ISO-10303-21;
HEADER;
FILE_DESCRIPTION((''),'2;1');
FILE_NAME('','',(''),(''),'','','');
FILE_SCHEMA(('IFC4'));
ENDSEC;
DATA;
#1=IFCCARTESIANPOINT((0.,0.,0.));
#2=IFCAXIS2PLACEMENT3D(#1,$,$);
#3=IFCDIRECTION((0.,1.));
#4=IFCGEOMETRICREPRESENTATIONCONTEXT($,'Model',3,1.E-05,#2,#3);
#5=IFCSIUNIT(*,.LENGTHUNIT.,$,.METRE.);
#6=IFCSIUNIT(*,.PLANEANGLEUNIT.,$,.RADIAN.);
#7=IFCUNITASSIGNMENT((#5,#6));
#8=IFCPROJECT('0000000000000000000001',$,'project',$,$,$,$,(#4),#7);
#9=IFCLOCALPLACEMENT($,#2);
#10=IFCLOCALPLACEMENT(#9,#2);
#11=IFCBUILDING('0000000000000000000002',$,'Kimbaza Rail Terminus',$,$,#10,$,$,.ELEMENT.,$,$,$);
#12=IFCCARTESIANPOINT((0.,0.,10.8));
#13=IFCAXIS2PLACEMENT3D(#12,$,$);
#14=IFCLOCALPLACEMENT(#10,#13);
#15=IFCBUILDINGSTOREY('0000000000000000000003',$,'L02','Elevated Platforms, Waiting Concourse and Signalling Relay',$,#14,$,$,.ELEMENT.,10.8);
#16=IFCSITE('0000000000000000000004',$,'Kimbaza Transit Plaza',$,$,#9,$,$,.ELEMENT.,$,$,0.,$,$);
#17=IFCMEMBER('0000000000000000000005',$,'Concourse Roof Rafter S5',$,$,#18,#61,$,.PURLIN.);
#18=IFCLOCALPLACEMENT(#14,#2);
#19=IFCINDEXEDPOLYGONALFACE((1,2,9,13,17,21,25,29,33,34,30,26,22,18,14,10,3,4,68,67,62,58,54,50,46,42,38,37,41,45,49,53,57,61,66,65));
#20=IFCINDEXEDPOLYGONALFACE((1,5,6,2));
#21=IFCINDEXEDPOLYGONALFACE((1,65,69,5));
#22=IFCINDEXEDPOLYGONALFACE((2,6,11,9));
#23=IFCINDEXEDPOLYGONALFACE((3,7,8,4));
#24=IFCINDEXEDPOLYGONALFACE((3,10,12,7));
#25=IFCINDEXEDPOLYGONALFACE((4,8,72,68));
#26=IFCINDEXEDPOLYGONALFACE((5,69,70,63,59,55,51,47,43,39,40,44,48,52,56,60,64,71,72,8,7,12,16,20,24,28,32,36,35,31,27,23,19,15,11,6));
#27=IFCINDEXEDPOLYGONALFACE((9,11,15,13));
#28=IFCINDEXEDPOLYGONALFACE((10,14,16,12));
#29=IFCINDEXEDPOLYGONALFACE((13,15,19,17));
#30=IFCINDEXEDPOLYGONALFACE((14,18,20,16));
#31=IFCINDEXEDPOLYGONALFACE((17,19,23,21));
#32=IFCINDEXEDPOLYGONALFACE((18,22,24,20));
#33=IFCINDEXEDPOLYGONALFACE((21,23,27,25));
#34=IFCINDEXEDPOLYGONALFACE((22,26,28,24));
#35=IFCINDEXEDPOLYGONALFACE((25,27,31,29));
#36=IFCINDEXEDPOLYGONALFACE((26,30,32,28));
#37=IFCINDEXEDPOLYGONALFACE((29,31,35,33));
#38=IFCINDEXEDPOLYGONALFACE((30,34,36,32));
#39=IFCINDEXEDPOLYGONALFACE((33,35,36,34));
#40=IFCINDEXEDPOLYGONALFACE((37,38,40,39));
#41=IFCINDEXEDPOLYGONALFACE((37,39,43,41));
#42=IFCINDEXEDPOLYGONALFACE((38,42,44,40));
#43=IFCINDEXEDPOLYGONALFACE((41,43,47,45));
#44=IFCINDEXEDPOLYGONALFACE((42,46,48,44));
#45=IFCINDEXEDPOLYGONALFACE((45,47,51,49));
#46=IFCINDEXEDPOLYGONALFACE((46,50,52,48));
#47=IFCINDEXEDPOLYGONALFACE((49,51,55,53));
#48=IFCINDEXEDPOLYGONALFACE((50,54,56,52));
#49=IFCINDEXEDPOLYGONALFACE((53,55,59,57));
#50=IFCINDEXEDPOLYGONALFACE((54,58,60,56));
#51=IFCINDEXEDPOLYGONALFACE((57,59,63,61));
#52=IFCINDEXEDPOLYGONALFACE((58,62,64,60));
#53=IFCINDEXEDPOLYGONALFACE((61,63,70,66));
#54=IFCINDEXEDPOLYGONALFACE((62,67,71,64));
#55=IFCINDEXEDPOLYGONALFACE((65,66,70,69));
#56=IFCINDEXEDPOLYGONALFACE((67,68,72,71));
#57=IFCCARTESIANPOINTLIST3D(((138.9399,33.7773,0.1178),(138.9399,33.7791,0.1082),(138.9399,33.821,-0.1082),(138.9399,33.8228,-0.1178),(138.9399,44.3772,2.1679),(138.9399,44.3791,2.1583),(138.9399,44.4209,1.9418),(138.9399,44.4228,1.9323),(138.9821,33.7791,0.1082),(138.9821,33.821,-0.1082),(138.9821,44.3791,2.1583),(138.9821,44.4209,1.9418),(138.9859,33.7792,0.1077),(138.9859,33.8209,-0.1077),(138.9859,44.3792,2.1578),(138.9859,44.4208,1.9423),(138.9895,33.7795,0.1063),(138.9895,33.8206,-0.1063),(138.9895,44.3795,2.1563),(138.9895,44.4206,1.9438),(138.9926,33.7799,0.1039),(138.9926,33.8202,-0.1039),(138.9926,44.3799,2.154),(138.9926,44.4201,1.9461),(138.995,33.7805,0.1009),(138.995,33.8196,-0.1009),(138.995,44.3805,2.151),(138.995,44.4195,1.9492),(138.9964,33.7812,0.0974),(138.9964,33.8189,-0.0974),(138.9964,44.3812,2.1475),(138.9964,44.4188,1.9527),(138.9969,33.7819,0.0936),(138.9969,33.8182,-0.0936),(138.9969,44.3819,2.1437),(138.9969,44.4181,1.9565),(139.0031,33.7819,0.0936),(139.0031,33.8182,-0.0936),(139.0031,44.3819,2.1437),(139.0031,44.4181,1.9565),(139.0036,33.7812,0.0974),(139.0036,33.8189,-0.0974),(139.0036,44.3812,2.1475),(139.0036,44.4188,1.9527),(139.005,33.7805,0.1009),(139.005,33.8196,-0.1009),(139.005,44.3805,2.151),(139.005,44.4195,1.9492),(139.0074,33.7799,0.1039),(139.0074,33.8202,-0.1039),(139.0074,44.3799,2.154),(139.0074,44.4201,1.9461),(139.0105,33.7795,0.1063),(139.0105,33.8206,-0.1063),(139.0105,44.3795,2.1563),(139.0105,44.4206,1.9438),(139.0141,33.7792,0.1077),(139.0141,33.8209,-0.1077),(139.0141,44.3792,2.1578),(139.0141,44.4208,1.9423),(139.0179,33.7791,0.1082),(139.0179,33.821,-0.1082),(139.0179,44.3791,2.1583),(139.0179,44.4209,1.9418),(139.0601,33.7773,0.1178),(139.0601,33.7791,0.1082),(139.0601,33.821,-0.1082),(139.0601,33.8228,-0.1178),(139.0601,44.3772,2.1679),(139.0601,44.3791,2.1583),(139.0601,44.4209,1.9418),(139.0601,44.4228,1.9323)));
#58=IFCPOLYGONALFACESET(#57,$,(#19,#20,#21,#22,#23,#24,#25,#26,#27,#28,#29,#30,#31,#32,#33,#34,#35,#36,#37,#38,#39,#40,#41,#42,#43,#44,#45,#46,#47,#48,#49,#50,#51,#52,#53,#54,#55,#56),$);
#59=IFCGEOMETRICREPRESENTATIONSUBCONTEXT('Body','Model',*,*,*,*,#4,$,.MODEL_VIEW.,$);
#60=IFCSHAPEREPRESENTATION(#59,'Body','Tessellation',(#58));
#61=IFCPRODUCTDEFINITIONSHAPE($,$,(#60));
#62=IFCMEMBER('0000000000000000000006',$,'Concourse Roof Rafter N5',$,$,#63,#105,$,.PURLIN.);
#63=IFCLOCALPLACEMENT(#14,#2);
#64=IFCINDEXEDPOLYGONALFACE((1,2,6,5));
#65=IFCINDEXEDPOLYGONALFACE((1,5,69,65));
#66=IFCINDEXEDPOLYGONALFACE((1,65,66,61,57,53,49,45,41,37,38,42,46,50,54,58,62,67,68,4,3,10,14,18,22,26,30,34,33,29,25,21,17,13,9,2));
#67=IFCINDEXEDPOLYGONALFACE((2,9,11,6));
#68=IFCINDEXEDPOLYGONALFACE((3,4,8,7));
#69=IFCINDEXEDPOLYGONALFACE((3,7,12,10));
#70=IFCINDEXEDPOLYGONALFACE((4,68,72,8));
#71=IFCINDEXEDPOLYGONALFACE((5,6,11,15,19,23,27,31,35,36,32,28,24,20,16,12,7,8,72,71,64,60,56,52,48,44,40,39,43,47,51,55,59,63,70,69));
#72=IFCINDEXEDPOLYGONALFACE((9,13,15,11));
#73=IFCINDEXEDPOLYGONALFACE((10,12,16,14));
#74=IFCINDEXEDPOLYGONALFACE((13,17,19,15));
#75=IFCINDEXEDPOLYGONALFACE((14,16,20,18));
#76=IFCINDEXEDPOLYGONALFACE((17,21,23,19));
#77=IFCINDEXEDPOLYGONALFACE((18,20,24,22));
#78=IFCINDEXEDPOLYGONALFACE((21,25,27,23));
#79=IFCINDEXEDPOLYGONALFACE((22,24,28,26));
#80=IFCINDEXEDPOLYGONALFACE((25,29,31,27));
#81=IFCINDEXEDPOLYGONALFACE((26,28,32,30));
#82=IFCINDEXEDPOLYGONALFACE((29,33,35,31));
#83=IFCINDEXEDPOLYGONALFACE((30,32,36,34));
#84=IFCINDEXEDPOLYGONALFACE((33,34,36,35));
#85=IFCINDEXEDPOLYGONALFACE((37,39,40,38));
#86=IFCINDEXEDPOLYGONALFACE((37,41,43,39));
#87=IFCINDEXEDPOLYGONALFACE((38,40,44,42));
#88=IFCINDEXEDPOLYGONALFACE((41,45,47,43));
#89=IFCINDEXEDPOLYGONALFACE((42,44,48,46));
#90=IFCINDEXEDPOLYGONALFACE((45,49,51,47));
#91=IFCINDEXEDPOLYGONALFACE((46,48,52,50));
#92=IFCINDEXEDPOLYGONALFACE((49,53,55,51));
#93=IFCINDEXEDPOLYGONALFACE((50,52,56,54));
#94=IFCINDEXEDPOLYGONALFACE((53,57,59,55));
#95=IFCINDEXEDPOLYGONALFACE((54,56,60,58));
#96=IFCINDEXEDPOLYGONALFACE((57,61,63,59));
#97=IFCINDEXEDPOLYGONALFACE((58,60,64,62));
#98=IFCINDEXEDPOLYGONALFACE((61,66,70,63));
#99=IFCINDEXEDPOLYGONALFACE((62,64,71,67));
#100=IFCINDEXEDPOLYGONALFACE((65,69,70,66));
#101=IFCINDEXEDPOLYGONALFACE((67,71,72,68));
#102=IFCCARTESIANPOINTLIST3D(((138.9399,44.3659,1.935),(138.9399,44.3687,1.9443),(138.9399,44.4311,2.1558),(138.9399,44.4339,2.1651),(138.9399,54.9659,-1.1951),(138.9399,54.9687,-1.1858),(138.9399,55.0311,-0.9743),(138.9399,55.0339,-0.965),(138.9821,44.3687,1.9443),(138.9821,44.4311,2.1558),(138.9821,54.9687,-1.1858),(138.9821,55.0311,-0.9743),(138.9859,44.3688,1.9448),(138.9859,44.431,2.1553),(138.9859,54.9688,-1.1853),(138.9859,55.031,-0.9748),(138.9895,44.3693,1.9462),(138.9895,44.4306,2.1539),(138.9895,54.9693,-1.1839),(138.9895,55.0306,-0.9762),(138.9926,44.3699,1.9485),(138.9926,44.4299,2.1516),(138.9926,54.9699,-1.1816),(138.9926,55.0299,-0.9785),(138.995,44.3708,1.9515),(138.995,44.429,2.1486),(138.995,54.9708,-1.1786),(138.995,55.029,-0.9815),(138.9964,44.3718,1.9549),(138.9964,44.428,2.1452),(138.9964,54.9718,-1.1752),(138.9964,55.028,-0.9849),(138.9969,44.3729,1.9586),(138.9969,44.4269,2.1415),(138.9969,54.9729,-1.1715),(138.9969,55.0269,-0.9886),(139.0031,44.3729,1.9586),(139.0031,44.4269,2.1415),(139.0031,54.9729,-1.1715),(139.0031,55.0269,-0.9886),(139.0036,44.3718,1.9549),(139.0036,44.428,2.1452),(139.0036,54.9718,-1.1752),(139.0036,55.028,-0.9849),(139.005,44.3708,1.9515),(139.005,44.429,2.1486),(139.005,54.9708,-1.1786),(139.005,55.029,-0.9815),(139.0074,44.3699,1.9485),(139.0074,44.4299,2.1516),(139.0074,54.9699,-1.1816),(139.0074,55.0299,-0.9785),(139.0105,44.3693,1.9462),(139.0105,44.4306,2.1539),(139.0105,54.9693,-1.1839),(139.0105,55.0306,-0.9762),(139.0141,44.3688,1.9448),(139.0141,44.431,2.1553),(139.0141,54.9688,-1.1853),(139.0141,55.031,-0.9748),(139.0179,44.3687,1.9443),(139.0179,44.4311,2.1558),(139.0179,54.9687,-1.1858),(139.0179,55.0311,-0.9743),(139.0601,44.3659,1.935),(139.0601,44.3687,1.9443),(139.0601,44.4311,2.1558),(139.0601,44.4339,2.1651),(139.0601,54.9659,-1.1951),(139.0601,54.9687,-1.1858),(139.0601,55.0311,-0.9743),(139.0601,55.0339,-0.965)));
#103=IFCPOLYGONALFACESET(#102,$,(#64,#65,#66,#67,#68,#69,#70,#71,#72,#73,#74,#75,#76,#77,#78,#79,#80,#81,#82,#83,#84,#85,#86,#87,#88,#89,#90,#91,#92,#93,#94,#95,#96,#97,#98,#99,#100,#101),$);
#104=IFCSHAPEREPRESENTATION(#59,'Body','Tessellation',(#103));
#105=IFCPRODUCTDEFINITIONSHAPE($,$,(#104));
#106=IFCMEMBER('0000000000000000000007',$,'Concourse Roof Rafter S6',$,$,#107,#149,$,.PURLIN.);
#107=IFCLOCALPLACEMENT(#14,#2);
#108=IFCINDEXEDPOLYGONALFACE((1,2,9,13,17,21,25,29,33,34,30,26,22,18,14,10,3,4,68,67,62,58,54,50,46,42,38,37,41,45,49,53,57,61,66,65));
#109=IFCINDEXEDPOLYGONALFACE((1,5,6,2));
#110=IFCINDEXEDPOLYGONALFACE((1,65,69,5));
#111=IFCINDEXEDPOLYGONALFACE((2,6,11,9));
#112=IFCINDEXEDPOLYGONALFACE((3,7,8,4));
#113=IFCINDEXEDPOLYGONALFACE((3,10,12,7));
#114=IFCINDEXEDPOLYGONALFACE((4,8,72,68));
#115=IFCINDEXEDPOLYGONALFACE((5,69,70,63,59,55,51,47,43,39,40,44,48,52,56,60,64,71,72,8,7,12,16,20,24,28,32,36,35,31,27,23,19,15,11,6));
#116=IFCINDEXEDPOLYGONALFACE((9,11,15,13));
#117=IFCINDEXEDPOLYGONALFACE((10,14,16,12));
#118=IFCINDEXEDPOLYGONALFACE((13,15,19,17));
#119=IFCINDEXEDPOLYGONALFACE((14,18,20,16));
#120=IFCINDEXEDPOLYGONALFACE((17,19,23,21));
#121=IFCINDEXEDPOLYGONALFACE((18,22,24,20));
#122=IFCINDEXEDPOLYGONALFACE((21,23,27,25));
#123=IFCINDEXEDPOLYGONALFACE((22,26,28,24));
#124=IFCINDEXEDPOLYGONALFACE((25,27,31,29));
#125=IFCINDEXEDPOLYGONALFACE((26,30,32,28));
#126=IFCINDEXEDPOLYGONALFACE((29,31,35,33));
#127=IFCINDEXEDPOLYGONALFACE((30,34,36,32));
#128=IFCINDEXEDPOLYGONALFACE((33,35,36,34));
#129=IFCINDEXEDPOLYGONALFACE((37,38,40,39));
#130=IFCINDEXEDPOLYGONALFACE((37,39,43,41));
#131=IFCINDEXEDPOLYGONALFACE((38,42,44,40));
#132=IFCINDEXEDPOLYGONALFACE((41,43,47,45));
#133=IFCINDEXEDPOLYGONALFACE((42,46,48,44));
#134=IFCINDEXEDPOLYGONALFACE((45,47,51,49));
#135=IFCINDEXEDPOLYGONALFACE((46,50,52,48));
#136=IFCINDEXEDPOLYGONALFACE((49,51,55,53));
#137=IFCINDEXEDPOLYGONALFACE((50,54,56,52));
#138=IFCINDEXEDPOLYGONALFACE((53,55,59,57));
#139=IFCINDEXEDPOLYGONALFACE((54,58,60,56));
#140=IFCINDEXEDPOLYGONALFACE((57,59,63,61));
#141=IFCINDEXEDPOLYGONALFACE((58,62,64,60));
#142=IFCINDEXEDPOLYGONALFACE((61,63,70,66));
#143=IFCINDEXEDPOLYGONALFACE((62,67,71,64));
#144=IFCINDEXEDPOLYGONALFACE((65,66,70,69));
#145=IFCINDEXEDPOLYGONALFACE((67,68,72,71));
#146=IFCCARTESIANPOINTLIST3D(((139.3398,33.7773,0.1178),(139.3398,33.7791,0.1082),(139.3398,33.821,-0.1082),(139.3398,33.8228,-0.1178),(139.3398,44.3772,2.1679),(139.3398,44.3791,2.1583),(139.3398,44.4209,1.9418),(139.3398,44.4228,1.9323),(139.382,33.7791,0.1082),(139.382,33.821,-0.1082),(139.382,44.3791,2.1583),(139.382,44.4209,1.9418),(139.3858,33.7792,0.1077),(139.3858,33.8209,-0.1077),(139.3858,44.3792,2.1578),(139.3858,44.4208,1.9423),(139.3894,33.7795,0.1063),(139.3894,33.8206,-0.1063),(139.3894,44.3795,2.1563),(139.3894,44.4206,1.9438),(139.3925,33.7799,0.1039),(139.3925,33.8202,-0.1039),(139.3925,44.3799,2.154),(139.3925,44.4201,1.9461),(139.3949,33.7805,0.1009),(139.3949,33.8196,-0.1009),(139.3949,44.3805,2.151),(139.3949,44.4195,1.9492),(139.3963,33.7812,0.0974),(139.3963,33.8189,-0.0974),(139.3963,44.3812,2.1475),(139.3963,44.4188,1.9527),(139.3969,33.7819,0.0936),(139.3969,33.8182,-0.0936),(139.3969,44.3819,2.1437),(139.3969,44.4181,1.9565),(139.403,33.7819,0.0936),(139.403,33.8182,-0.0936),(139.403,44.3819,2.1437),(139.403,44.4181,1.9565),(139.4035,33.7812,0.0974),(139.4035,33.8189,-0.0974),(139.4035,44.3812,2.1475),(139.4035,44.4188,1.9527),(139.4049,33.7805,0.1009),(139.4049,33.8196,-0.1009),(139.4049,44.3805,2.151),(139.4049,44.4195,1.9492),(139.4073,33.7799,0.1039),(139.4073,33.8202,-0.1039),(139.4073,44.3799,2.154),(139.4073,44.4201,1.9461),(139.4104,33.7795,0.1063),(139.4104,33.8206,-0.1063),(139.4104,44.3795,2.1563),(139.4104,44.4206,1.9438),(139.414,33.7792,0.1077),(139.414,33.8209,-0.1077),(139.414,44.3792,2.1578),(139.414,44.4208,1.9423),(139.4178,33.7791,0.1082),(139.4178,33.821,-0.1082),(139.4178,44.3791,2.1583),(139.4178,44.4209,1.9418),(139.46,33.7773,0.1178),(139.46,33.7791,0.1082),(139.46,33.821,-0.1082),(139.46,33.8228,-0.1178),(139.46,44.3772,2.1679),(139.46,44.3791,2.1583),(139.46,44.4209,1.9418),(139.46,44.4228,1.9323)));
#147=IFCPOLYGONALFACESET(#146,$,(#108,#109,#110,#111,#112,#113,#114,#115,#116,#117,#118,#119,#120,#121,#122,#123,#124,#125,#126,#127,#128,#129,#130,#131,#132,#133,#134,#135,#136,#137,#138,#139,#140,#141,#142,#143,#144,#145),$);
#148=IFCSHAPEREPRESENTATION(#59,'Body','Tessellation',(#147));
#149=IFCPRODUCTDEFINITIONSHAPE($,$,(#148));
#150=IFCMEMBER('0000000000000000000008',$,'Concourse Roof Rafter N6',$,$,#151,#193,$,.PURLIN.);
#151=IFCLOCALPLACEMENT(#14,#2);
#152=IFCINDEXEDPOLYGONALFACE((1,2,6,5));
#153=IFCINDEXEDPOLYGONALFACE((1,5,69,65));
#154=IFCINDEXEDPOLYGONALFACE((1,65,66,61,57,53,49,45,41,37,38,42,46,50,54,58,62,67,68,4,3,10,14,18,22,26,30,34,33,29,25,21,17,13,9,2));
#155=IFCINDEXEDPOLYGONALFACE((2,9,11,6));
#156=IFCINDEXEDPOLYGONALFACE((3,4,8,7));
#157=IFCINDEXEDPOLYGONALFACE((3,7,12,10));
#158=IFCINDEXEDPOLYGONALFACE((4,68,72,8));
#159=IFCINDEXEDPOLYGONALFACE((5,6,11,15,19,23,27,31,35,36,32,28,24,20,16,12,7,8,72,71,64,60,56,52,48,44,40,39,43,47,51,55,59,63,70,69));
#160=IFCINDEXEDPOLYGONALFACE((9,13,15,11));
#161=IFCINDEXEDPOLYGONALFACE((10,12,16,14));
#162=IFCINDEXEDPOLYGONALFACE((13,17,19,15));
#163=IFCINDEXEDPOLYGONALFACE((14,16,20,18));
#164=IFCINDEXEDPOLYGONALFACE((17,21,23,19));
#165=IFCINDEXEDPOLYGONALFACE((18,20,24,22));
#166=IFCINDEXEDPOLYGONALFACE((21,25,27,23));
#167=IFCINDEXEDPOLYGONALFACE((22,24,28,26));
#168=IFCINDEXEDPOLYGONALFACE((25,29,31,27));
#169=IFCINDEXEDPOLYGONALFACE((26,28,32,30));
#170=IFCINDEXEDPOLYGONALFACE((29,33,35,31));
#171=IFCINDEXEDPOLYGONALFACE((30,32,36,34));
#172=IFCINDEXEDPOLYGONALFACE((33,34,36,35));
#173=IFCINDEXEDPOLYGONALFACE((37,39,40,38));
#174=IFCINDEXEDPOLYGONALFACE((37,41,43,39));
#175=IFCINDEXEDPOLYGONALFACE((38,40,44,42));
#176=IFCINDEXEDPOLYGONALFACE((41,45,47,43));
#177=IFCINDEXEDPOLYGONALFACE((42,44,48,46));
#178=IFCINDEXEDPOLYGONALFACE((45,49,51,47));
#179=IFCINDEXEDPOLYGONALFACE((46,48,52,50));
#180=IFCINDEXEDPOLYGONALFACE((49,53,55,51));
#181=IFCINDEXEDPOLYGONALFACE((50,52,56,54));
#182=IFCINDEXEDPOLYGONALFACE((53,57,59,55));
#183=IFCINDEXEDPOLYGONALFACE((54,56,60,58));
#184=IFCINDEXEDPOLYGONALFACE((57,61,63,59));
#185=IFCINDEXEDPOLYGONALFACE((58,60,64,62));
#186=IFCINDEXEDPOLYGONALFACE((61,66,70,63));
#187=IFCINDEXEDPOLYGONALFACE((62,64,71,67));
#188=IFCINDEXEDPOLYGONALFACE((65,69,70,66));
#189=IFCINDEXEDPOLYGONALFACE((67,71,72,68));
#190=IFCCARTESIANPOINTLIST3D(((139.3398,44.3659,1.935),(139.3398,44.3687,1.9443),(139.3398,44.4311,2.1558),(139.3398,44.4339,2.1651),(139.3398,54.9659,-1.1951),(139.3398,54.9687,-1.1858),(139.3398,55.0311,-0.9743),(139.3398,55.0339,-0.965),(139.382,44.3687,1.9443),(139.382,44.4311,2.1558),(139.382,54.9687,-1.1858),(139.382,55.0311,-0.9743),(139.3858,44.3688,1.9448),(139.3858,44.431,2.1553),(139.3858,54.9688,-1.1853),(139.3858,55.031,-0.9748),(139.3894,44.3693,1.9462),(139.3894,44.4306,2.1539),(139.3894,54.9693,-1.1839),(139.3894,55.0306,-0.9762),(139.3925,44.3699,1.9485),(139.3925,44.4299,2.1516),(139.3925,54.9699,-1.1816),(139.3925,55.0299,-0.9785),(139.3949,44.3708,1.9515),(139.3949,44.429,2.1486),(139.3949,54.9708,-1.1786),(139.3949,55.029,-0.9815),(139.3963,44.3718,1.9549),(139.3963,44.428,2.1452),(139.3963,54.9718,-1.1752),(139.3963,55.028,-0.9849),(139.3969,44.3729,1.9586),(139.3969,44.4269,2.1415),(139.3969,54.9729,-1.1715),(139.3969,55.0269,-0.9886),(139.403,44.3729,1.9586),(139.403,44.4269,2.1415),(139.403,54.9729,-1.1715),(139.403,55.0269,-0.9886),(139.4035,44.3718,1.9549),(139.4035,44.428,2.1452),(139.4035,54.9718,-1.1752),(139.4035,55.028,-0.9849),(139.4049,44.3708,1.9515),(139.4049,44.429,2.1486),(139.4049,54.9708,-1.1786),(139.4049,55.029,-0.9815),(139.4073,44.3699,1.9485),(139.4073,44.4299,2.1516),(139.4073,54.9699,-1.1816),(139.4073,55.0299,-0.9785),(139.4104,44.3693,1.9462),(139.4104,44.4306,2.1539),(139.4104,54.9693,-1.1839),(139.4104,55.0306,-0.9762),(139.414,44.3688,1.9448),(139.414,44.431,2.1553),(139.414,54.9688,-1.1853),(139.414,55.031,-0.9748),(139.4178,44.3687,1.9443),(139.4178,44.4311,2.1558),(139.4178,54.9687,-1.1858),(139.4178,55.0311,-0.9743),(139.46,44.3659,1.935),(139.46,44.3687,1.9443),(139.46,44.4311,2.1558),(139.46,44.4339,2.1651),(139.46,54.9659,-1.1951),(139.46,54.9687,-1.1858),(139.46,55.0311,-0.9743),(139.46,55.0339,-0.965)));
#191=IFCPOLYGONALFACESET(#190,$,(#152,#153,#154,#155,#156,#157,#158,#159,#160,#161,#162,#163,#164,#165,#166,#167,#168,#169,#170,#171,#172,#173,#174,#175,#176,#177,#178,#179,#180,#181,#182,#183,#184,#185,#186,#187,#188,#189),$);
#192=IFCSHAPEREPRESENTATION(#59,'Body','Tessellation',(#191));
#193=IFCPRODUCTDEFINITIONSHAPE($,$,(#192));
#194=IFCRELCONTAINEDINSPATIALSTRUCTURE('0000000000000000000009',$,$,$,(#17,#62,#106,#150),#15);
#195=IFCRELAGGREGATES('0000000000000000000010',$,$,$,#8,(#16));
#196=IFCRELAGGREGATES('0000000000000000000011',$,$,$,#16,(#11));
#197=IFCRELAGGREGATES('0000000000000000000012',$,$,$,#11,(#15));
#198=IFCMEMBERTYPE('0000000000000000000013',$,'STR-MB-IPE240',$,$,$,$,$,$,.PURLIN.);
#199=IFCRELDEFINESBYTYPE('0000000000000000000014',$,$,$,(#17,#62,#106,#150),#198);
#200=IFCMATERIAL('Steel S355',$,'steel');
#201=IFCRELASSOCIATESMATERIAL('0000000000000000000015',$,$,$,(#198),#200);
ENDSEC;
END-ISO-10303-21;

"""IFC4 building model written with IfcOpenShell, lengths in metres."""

from ifc_helpers import new_model, si_unit, direction, frame, origin, origin_2d, place, context, subcontext, project, spatial, i_section, extrude, material, material_profile, profile_set, type_object, element, save


model = new_model("IFC4")

# Units and contexts
model_context = context("Model", 3, precision=1e-05, world=origin(), true_north=direction((0.0, 1.0)))
body_context = subcontext(model_context, "Body", "Model", "MODEL_VIEW")
ifc_project = project(units=[si_unit("LENGTHUNIT", "METRE"), si_unit("PLANEANGLEUNIT", "RADIAN")], contexts=[model_context])

# Site, building, storey
site_placement = place(None, origin())
site = spatial("IfcSite", under=ifc_project, at=site_placement, Name="Kimbaza Transit Plaza", CompositionType="ELEMENT", RefElevation=0.0)
building_placement = place(site_placement, origin())
building = spatial("IfcBuilding", under=site, at=building_placement, Name="Kimbaza Rail Terminus", CompositionType="ELEMENT")
storey_placement = place(building_placement, frame((0.0, 0.0, 10.8)))
storey = spatial("IfcBuildingStorey", under=building, at=storey_placement, Name="L02", Description="Elevated Platforms, Waiting Concourse and Signalling Relay", CompositionType="ELEMENT", Elevation=10.8)

# Members
ifc_material_1 = material(Name="Steel S355", Category="steel")
ifc_material_profile_1 = material_profile(ifc_material_1, i_section(OverallWidth=0.1201, OverallDepth=0.24, WebThickness=0.0061, FlangeThickness=0.0098, FilletRadius=0.0149, at=origin_2d()), Name="IPE 240")
ifc_profile_set_1 = profile_set([ifc_material_profile_1], Name="Steel S355")
member_type_1 = type_object("IfcMemberType", Name="STR-MB-IPE240", PredefinedType="PURLIN", material=ifc_profile_set_1)
member_1_placement = place(storey_placement, frame((139.0, 33.8, 0.0), z_axis=(0.0, 0.981806, 0.189885), x_axis=(-1.0, 0.0, 0.0)))
element("IfcMember", 1, at=member_1_placement, inside=storey, type_object=member_type_1, Name="Concourse Roof Rafter S5", PredefinedType="PURLIN", context=body_context, shape_type="SweptSolid", body=[
    extrude(i_section(OverallWidth=0.1201, OverallDepth=0.24, WebThickness=0.0061, FlangeThickness=0.0098, FilletRadius=0.0149, at=origin_2d()), origin(), (0.0, 0.0, 1.0), 10.7964),
])
member_2_placement = place(storey_placement, frame((139.0, 44.3999, 2.05), z_axis=(0.0, 0.95906, -0.283203), x_axis=(-1.0, 0.0, 0.0)))
element("IfcMember", 2, at=member_2_placement, inside=storey, type_object=member_type_1, Name="Concourse Roof Rafter N5", PredefinedType="PURLIN", context=body_context, shape_type="SweptSolid", body=[
    extrude(i_section(OverallWidth=0.1201, OverallDepth=0.24, WebThickness=0.0061, FlangeThickness=0.0098, FilletRadius=0.0149, at=origin_2d()), origin(), (0.0, 0.0, 1.0), 11.0525),
])
member_3_placement = place(storey_placement, frame((139.3999, 33.8, 0.0), z_axis=(0.0, 0.981806, 0.189885), x_axis=(-1.0, 0.0, 0.0)))
element("IfcMember", 3, at=member_3_placement, inside=storey, type_object=member_type_1, Name="Concourse Roof Rafter S6", PredefinedType="PURLIN", context=body_context, shape_type="SweptSolid", body=[
    extrude(i_section(OverallWidth=0.1201, OverallDepth=0.24, WebThickness=0.0061, FlangeThickness=0.0098, FilletRadius=0.0149, at=origin_2d()), origin(), (0.0, 0.0, 1.0), 10.7964),
])
member_4_placement = place(storey_placement, frame((139.3999, 44.3999, 2.05), z_axis=(0.0, 0.95906, -0.283203), x_axis=(-1.0, 0.0, 0.0)))
element("IfcMember", 4, at=member_4_placement, inside=storey, type_object=member_type_1, Name="Concourse Roof Rafter N6", PredefinedType="PURLIN", context=body_context, shape_type="SweptSolid", body=[
    extrude(i_section(OverallWidth=0.1201, OverallDepth=0.24, WebThickness=0.0061, FlangeThickness=0.0098, FilletRadius=0.0149, at=origin_2d()), origin(), (0.0, 0.0, 1.0), 11.0525),
])

save(model, "model.ifc")
